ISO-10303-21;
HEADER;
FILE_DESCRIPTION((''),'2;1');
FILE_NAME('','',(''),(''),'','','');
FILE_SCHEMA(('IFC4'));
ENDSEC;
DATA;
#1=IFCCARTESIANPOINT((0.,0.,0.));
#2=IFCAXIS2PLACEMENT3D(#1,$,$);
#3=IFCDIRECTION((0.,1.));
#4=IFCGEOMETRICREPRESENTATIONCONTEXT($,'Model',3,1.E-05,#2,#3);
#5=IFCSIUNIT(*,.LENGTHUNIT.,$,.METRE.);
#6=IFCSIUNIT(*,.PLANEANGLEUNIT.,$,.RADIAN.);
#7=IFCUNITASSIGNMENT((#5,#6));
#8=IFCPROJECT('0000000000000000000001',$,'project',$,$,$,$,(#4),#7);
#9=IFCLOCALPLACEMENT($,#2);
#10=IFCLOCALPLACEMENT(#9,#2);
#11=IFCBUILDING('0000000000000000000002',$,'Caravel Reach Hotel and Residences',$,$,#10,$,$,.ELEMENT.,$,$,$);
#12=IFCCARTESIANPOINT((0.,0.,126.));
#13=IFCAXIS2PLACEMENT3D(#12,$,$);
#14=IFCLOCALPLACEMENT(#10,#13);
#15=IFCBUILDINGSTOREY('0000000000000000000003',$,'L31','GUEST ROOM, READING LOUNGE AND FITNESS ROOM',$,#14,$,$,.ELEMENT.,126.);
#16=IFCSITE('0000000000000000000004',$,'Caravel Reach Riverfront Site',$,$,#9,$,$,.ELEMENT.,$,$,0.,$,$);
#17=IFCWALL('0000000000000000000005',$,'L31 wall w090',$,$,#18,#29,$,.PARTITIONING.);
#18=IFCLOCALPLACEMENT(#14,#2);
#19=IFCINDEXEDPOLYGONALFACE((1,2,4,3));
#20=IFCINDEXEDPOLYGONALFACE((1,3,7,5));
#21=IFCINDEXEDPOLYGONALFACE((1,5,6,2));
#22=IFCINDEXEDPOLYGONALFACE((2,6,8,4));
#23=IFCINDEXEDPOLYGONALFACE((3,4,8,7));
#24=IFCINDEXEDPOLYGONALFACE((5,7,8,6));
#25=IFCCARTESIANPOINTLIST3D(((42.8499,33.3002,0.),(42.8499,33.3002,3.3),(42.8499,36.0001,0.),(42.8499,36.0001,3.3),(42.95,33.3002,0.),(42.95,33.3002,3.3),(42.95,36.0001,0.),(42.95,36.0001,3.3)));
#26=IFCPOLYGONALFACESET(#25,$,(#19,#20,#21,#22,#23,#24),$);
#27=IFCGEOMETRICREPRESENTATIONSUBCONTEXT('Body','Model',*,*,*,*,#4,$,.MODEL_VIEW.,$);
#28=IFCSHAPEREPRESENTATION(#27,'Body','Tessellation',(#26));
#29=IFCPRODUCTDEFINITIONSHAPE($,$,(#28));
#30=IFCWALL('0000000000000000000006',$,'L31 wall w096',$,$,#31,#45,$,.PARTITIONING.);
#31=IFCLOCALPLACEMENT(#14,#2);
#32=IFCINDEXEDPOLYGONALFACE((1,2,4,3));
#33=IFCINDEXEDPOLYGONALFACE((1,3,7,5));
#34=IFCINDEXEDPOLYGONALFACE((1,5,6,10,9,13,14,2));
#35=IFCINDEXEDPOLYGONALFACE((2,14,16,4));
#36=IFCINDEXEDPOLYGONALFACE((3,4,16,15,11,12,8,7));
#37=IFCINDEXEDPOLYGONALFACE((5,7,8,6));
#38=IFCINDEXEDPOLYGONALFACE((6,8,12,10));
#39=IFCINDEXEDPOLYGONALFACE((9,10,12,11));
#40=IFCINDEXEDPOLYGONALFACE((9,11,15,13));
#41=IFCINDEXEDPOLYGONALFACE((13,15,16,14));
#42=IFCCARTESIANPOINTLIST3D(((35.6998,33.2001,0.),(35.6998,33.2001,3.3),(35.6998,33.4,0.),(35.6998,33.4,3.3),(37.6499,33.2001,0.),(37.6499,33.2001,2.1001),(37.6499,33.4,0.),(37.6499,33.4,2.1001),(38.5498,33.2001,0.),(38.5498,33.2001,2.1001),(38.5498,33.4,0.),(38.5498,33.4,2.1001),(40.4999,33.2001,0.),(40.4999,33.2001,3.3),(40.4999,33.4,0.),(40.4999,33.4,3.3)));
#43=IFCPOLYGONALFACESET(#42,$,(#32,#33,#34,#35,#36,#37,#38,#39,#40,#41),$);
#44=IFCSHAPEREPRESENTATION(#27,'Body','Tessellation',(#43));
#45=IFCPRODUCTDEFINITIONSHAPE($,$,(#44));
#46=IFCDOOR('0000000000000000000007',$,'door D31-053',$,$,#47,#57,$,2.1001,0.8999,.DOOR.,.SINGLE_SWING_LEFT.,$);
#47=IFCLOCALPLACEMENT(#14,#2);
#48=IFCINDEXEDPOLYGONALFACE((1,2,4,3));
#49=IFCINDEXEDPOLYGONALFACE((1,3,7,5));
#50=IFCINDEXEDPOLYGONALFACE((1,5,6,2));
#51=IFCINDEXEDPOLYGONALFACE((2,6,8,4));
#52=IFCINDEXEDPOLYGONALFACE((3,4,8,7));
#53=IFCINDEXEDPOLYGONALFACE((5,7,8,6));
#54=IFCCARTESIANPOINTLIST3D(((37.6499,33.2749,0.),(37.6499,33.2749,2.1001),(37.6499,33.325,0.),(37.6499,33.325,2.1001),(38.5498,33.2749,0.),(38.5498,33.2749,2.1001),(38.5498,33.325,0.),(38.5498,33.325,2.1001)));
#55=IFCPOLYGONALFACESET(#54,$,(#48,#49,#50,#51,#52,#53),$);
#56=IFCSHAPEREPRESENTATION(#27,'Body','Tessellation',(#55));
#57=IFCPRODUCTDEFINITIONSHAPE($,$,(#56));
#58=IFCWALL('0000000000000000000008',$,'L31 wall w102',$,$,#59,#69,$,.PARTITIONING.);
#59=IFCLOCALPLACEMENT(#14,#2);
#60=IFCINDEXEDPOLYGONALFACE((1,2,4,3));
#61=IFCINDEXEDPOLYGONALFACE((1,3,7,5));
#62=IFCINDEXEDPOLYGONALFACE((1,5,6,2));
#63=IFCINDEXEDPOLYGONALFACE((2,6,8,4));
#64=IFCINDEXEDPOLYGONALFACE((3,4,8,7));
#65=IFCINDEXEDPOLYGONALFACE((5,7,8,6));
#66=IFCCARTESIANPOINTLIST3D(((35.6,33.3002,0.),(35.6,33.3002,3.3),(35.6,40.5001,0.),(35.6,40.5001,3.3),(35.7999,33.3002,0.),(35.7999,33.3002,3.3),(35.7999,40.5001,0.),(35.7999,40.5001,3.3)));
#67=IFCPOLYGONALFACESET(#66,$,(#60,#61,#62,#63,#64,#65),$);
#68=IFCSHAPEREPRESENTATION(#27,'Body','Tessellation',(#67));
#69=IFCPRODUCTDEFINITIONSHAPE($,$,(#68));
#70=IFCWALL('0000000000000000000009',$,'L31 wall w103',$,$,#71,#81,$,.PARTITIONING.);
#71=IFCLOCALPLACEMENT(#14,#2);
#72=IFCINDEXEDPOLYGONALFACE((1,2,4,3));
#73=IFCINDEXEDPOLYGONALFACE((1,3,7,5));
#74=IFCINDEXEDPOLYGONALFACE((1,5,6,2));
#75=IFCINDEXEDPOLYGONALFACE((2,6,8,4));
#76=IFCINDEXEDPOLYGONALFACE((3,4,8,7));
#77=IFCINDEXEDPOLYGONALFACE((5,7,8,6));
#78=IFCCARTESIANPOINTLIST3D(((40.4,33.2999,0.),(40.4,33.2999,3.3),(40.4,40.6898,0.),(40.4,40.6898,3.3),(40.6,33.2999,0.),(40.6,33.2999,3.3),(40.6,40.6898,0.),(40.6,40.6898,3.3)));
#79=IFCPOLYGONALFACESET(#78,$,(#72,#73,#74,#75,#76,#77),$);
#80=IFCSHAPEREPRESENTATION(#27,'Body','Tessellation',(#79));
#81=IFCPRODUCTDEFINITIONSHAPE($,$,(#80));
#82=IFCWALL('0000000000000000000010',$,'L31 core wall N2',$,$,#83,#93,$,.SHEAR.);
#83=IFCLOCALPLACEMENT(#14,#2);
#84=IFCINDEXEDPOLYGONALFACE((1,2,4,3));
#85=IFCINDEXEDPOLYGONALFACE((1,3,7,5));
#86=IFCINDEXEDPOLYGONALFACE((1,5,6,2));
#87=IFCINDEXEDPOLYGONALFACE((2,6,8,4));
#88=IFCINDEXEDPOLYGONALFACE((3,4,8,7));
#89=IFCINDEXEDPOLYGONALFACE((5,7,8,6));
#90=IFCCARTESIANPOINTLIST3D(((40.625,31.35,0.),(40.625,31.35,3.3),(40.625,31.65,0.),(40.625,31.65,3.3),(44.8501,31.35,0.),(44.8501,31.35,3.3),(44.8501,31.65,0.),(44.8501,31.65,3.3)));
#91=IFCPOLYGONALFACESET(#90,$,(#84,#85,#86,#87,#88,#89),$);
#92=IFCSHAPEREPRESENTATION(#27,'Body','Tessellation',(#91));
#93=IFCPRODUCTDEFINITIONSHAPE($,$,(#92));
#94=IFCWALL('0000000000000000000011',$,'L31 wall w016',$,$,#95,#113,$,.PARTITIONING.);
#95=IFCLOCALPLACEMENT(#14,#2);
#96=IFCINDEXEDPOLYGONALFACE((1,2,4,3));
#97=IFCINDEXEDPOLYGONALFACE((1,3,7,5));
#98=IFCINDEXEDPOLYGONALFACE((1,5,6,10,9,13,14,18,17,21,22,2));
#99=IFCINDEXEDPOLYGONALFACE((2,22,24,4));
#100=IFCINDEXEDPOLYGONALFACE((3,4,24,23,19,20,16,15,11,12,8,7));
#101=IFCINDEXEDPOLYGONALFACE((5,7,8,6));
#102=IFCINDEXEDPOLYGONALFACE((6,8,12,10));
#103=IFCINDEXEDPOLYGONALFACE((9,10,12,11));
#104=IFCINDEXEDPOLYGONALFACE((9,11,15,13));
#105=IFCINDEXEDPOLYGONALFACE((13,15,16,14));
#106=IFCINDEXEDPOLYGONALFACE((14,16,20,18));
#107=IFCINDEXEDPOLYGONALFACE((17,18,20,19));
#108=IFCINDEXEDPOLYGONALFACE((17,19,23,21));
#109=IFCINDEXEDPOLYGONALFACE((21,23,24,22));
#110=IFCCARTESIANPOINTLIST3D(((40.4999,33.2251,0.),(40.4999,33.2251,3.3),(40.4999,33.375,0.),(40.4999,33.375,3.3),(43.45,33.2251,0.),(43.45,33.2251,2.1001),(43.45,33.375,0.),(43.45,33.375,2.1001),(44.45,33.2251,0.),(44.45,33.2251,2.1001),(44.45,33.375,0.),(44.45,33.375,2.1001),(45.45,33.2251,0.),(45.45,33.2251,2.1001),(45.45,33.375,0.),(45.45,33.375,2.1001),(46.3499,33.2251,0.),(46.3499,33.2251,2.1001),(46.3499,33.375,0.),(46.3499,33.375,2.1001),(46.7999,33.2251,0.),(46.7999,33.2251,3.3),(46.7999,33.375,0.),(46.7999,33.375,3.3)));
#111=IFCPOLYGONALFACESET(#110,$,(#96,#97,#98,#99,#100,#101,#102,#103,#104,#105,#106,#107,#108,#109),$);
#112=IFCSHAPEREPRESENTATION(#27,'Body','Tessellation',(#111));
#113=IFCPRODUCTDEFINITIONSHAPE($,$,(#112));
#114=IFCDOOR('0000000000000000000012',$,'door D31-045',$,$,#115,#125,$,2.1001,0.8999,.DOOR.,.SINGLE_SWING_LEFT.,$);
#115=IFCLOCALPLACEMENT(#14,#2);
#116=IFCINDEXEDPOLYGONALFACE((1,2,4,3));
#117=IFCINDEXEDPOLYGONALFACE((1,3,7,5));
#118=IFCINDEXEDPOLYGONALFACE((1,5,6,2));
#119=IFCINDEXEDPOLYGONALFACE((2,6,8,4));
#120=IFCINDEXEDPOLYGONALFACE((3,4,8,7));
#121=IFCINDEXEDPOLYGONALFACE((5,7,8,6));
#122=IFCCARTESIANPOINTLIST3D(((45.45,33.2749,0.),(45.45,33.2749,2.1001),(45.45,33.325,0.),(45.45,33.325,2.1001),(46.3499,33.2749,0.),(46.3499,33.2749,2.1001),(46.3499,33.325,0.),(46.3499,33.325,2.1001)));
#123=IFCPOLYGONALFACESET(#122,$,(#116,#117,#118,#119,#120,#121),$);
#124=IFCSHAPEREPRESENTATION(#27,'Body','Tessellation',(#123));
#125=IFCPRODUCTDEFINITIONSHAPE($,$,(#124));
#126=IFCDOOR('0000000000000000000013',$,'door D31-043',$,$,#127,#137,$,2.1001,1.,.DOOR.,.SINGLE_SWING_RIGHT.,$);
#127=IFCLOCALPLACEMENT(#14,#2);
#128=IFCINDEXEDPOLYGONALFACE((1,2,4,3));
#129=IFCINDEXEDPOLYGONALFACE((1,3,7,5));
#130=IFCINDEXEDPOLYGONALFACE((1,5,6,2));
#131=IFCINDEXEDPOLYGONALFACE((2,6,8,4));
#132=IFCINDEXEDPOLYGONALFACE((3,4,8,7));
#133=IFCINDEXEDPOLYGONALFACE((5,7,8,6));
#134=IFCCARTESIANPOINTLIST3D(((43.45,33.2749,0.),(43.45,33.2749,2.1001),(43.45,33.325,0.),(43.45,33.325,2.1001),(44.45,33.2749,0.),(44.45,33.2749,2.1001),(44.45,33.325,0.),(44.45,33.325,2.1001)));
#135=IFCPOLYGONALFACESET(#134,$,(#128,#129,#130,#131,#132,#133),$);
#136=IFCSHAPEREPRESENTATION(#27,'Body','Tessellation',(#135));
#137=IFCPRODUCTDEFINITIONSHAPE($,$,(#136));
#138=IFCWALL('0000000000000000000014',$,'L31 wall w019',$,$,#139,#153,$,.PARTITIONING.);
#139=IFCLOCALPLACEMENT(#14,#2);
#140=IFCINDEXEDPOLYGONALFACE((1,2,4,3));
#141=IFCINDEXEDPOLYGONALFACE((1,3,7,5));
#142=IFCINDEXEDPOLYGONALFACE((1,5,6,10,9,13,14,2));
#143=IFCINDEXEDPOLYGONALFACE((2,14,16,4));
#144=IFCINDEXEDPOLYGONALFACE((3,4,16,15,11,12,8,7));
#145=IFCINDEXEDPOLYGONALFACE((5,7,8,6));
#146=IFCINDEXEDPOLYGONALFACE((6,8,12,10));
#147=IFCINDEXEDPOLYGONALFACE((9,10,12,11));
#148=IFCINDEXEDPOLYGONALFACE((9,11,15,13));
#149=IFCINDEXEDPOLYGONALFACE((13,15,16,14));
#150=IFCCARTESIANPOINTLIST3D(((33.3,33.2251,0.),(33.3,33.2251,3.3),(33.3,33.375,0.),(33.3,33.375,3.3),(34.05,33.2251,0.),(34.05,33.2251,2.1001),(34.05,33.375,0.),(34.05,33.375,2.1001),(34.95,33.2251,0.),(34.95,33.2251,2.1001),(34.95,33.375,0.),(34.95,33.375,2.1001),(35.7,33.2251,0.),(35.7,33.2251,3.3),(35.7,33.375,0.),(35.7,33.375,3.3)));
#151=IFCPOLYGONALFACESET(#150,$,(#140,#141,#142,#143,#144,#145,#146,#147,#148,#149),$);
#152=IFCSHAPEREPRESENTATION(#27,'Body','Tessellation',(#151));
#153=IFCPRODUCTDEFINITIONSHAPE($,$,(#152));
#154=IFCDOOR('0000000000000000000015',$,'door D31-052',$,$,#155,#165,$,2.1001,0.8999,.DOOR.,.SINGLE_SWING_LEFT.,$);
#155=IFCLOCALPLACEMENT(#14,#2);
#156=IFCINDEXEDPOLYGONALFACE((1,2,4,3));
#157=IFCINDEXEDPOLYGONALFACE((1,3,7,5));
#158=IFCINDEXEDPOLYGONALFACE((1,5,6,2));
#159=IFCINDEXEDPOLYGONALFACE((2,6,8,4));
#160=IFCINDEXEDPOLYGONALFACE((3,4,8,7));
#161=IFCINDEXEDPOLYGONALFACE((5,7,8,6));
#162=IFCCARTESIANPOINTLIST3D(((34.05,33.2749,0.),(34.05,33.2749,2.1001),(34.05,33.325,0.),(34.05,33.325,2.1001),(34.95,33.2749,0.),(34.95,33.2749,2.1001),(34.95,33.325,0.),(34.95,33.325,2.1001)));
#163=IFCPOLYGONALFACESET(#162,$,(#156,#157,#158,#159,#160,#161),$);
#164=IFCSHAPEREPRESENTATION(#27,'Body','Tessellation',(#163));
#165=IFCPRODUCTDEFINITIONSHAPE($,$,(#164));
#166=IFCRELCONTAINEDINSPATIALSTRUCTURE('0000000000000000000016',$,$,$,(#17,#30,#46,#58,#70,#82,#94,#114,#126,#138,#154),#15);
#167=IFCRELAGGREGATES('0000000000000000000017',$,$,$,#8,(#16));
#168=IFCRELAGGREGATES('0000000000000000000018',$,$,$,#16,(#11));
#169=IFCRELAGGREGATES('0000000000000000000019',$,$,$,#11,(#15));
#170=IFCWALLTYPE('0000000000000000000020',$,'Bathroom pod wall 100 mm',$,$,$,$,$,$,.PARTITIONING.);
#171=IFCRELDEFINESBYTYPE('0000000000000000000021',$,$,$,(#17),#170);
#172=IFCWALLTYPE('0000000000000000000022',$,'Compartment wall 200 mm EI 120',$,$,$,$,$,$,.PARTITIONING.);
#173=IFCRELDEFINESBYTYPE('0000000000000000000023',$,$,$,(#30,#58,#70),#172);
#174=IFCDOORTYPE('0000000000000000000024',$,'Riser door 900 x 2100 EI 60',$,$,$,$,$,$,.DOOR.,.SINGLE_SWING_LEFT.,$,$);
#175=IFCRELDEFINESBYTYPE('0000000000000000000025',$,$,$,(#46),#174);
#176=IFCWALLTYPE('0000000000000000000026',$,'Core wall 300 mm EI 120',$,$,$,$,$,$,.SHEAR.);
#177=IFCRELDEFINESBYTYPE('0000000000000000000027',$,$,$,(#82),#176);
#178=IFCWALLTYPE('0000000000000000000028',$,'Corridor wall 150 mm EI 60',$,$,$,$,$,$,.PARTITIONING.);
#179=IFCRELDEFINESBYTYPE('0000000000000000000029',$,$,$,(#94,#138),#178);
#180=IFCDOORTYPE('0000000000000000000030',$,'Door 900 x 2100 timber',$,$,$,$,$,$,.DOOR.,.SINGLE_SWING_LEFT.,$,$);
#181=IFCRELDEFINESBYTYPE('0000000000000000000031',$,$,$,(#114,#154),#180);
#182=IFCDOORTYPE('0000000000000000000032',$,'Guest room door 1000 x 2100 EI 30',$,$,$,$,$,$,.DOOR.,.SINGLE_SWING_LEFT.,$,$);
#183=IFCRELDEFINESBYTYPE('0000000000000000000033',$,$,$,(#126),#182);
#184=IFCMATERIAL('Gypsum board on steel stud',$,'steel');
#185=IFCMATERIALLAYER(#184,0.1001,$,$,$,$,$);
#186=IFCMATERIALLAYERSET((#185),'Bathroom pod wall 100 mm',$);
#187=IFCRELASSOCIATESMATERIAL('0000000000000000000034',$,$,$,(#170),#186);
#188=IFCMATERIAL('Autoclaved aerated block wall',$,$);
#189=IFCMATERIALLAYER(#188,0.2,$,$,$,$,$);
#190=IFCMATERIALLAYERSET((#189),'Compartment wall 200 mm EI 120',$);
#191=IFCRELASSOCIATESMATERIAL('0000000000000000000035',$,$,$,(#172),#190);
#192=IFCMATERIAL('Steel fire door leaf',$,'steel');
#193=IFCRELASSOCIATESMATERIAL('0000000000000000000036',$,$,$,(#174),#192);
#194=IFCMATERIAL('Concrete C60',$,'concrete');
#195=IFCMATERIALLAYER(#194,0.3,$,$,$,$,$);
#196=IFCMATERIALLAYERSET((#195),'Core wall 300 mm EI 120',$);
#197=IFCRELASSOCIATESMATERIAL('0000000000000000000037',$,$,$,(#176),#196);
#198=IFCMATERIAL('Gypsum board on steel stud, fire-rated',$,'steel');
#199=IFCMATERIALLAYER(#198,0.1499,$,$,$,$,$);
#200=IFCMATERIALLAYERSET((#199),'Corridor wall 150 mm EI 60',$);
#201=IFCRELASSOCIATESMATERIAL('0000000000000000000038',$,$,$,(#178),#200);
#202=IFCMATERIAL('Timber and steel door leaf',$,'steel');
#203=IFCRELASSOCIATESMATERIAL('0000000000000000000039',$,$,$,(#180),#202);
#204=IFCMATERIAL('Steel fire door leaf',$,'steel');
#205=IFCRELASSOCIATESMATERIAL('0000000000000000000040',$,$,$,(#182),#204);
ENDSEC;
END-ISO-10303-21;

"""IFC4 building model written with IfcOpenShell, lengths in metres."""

from ifc_helpers import new_model, si_unit, direction, frame, frame_2d, origin, place, context, subcontext, project, spatial, rectangle, extrude, material, layer, layer_set, type_object, element, fill, save


model = new_model("IFC4")

# Units and contexts
model_context = context("Model", 3, precision=1e-05, world=origin(), true_north=direction((0.0, 1.0)))
body_context = subcontext(model_context, "Body", "Model", "MODEL_VIEW")
ifc_project = project(units=[si_unit("LENGTHUNIT", "METRE"), si_unit("PLANEANGLEUNIT", "RADIAN")], contexts=[model_context])

# Site, building, storey
site_placement = place(None, origin())
site = spatial("IfcSite", under=ifc_project, at=site_placement, Name="Caravel Reach Riverfront Site", CompositionType="ELEMENT", RefElevation=0.0)
building_placement = place(site_placement, origin())
building = spatial("IfcBuilding", under=site, at=building_placement, Name="Caravel Reach Hotel and Residences", CompositionType="ELEMENT")
storey_placement = place(building_placement, frame((0.0, 0.0, 126.0)))
storey = spatial("IfcBuildingStorey", under=building, at=storey_placement, Name="L31", Description="GUEST ROOM, READING LOUNGE AND FITNESS ROOM", CompositionType="ELEMENT", Elevation=126.0)

# Wall
ifc_material_1 = material(Name="Gypsum board on steel stud", Category="steel")
ifc_layer_1 = layer(ifc_material_1, 0.1001)
ifc_layer_set_1 = layer_set([ifc_layer_1], Name="Bathroom pod wall 100 mm")
wall_type_1 = type_object("IfcWallType", Name="Bathroom pod wall 100 mm", PredefinedType="PARTITIONING", material=ifc_layer_set_1)
wall_1_placement = place(storey_placement, frame((42.8999, 33.3, 0.0), z_axis=(0.0, 0.0, 1.0), x_axis=(0.0, 1.0, 0.0)))
element("IfcWall", 1, at=wall_1_placement, inside=storey, type_object=wall_type_1, Name="L31 wall w090", PredefinedType="PARTITIONING", context=body_context, shape_type="SweptSolid", body=[
    extrude(rectangle(XDim=2.7, YDim=0.1001, at=frame_2d((1.3501, 0.0))), origin(), (0.0, 0.0, 1.0), 3.3),
])

# Wall, opening, door
ifc_material_2 = material(Name="Autoclaved aerated block wall")
ifc_layer_2 = layer(ifc_material_2, 0.2)
ifc_layer_set_2 = layer_set([ifc_layer_2], Name="Compartment wall 200 mm EI 120")
wall_type_2 = type_object("IfcWallType", Name="Compartment wall 200 mm EI 120", PredefinedType="PARTITIONING", material=ifc_layer_set_2)
wall_2_placement = place(storey_placement, frame((35.7, 33.3, 0.0), z_axis=(0.0, 0.0, 1.0), x_axis=(1.0, 0.0, 0.0)))
wall_2 = element("IfcWall", 2, at=wall_2_placement, inside=storey, type_object=wall_type_2, Name="L31 wall w096", PredefinedType="PARTITIONING", context=body_context, shape_type="SweptSolid", body=[
    extrude(rectangle(XDim=4.8, YDim=0.2, at=frame_2d((2.3999, 0.0))), origin(), (0.0, 0.0, 1.0), 3.3),
])
opening_1_placement = place(wall_2_placement, frame((1.95, 0.0, 0.0)))
opening_1 = element("IfcOpeningElement", 3, at=opening_1_placement, cuts=wall_2, PredefinedType="OPENING", context=body_context, shape_type="SweptSolid", body=[
    extrude(rectangle(XDim=0.8999, YDim=2.1001, at=frame_2d((0.45, 1.05))), frame((0.0, 0.1099, 0.0), z_axis=(0.0, -1.0, 0.0), x_axis=(1.0, 0.0, 0.0)), (0.0, 0.0, 1.0), 0.22),
])
ifc_material_3 = material(Name="Steel fire door leaf", Category="steel")
door_type_1 = type_object("IfcDoorType", Name="Riser door 900 x 2100 EI 60", OperationType="SINGLE_SWING_LEFT", PredefinedType="DOOR", material=ifc_material_3)
door_1_placement = place(opening_1_placement, origin())
door_1 = element("IfcDoor", 4, at=door_1_placement, inside=storey, type_object=door_type_1, Name="door D31-053", OperationType="SINGLE_SWING_LEFT", OverallHeight=2.1001, OverallWidth=0.8999, PredefinedType="DOOR", context=body_context, shape_type="SweptSolid", body=[
    extrude(rectangle(XDim=0.8999, YDim=2.1001, at=frame_2d((0.45, 1.05))), frame((0.0, 0.0249, 0.0), z_axis=(0.0, -1.0, 0.0), x_axis=(1.0, 0.0, 0.0)), (0.0, 0.0, 1.0), 0.05),
])
fill(opening_1, door_1)

# Walls
wall_3_placement = place(storey_placement, frame((35.7, 33.3, 0.0), z_axis=(0.0, 0.0, 1.0), x_axis=(0.0, 1.0, 0.0)))
element("IfcWall", 5, at=wall_3_placement, inside=storey, type_object=wall_type_2, Name="L31 wall w102", PredefinedType="PARTITIONING", context=body_context, shape_type="SweptSolid", body=[
    extrude(rectangle(XDim=7.2, YDim=0.2, at=frame_2d((3.6001, 0.0))), origin(), (0.0, 0.0, 1.0), 3.3),
])
wall_4_placement = place(storey_placement, frame((40.5, 33.3, 0.0), z_axis=(0.0, 0.0, 1.0), x_axis=(0.0, 1.0, 0.0)))
element("IfcWall", 6, at=wall_4_placement, inside=storey, type_object=wall_type_2, Name="L31 wall w103", PredefinedType="PARTITIONING", context=body_context, shape_type="SweptSolid", body=[
    extrude(rectangle(XDim=7.3899, YDim=0.2, at=frame_2d((3.6948, 0.0))), origin(), (0.0, 0.0, 1.0), 3.3),
])
ifc_material_4 = material(Name="Concrete C60", Category="concrete")
ifc_layer_3 = layer(ifc_material_4, 0.3)
ifc_layer_set_3 = layer_set([ifc_layer_3], Name="Core wall 300 mm EI 120")
wall_type_3 = type_object("IfcWallType", Name="Core wall 300 mm EI 120", PredefinedType="SHEAR", material=ifc_layer_set_3)
wall_5_placement = place(storey_placement, frame((40.625, 31.5, 0.0), z_axis=(0.0, 0.0, 1.0), x_axis=(1.0, 0.0, 0.0)))
element("IfcWall", 7, at=wall_5_placement, inside=storey, type_object=wall_type_3, Name="L31 core wall N2", PredefinedType="SHEAR", context=body_context, shape_type="SweptSolid", body=[
    extrude(rectangle(XDim=4.2251, YDim=0.3, at=frame_2d((2.1125, 0.0))), origin(), (0.0, 0.0, 1.0), 3.3),
])

# Wall, openings, doors
ifc_material_5 = material(Name="Gypsum board on steel stud, fire-rated", Category="steel")
ifc_layer_4 = layer(ifc_material_5, 0.1499)
ifc_layer_set_4 = layer_set([ifc_layer_4], Name="Corridor wall 150 mm EI 60")
wall_type_4 = type_object("IfcWallType", Name="Corridor wall 150 mm EI 60", PredefinedType="PARTITIONING", material=ifc_layer_set_4)
wall_6_placement = place(storey_placement, frame((40.5, 33.3, 0.0), z_axis=(0.0, 0.0, 1.0), x_axis=(1.0, 0.0, 0.0)))
wall_6 = element("IfcWall", 8, at=wall_6_placement, inside=storey, type_object=wall_type_4, Name="L31 wall w016", PredefinedType="PARTITIONING", context=body_context, shape_type="SweptSolid", body=[
    extrude(rectangle(XDim=6.3, YDim=0.1499, at=frame_2d((3.1499, 0.0))), origin(), (0.0, 0.0, 1.0), 3.3),
])
opening_2_placement = place(wall_6_placement, frame((2.95, 0.0, 0.0)))
opening_2 = element("IfcOpeningElement", 9, at=opening_2_placement, cuts=wall_6, PredefinedType="OPENING", context=body_context, shape_type="SweptSolid", body=[
    extrude(rectangle(XDim=1.0, YDim=2.1001, at=frame_2d((0.5, 1.05))), frame((0.0, 0.085, 0.0), z_axis=(0.0, -1.0, 0.0), x_axis=(1.0, 0.0, 0.0)), (0.0, 0.0, 1.0), 0.1699),
])
opening_3_placement = place(wall_6_placement, frame((4.95, 0.0, 0.0)))
opening_3 = element("IfcOpeningElement", 10, at=opening_3_placement, cuts=wall_6, PredefinedType="OPENING", context=body_context, shape_type="SweptSolid", body=[
    extrude(rectangle(XDim=0.8999, YDim=2.1001, at=frame_2d((0.45, 1.05))), frame((0.0, 0.085, 0.0), z_axis=(0.0, -1.0, 0.0), x_axis=(1.0, 0.0, 0.0)), (0.0, 0.0, 1.0), 0.1699),
])
ifc_material_6 = material(Name="Timber and steel door leaf", Category="steel")
door_type_2 = type_object("IfcDoorType", Name="Door 900 x 2100 timber", OperationType="SINGLE_SWING_LEFT", PredefinedType="DOOR", material=ifc_material_6)
door_2_placement = place(opening_3_placement, origin())
door_2 = element("IfcDoor", 11, at=door_2_placement, inside=storey, type_object=door_type_2, Name="door D31-045", OperationType="SINGLE_SWING_LEFT", OverallHeight=2.1001, OverallWidth=0.8999, PredefinedType="DOOR", context=body_context, shape_type="SweptSolid", body=[
    extrude(rectangle(XDim=0.8999, YDim=2.1001, at=frame_2d((0.45, 1.05))), frame((0.0, 0.0249, 0.0), z_axis=(0.0, -1.0, 0.0), x_axis=(1.0, 0.0, 0.0)), (0.0, 0.0, 1.0), 0.05),
])
fill(opening_3, door_2)
ifc_material_7 = material(Name="Steel fire door leaf", Category="steel")
door_type_3 = type_object("IfcDoorType", Name="Guest room door 1000 x 2100 EI 30", OperationType="SINGLE_SWING_LEFT", PredefinedType="DOOR", material=ifc_material_7)
door_3_placement = place(opening_2_placement, origin())
door_3 = element("IfcDoor", 12, at=door_3_placement, inside=storey, type_object=door_type_3, Name="door D31-043", OperationType="SINGLE_SWING_RIGHT", OverallHeight=2.1001, OverallWidth=1.0, PredefinedType="DOOR", context=body_context, shape_type="SweptSolid", body=[
    extrude(rectangle(XDim=1.0, YDim=2.1001, at=frame_2d((0.5, 1.05))), frame((0.0, 0.0249, 0.0), z_axis=(0.0, -1.0, 0.0), x_axis=(1.0, 0.0, 0.0)), (0.0, 0.0, 1.0), 0.05),
])
fill(opening_2, door_3)

# Wall, opening, door
wall_7_placement = place(storey_placement, frame((33.3, 33.3, 0.0), z_axis=(0.0, 0.0, 1.0), x_axis=(1.0, 0.0, 0.0)))
wall_7 = element("IfcWall", 13, at=wall_7_placement, inside=storey, type_object=wall_type_4, Name="L31 wall w019", PredefinedType="PARTITIONING", context=body_context, shape_type="SweptSolid", body=[
    extrude(rectangle(XDim=2.3999, YDim=0.1499, at=frame_2d((1.2, 0.0))), origin(), (0.0, 0.0, 1.0), 3.3),
])
opening_4_placement = place(wall_7_placement, frame((0.75, 0.0, 0.0)))
opening_4 = element("IfcOpeningElement", 14, at=opening_4_placement, cuts=wall_7, PredefinedType="OPENING", context=body_context, shape_type="SweptSolid", body=[
    extrude(rectangle(XDim=0.8999, YDim=2.1001, at=frame_2d((0.45, 1.05))), frame((0.0, 0.085, 0.0), z_axis=(0.0, -1.0, 0.0), x_axis=(1.0, 0.0, 0.0)), (0.0, 0.0, 1.0), 0.1699),
])
door_4_placement = place(opening_4_placement, origin())
door_4 = element("IfcDoor", 15, at=door_4_placement, inside=storey, type_object=door_type_2, Name="door D31-052", OperationType="SINGLE_SWING_LEFT", OverallHeight=2.1001, OverallWidth=0.8999, PredefinedType="DOOR", context=body_context, shape_type="SweptSolid", body=[
    extrude(rectangle(XDim=0.8999, YDim=2.1001, at=frame_2d((0.45, 1.05))), frame((0.0, 0.0249, 0.0), z_axis=(0.0, -1.0, 0.0), x_axis=(1.0, 0.0, 0.0)), (0.0, 0.0, 1.0), 0.05),
])
fill(opening_4, door_4)

save(model, "model.ifc")
